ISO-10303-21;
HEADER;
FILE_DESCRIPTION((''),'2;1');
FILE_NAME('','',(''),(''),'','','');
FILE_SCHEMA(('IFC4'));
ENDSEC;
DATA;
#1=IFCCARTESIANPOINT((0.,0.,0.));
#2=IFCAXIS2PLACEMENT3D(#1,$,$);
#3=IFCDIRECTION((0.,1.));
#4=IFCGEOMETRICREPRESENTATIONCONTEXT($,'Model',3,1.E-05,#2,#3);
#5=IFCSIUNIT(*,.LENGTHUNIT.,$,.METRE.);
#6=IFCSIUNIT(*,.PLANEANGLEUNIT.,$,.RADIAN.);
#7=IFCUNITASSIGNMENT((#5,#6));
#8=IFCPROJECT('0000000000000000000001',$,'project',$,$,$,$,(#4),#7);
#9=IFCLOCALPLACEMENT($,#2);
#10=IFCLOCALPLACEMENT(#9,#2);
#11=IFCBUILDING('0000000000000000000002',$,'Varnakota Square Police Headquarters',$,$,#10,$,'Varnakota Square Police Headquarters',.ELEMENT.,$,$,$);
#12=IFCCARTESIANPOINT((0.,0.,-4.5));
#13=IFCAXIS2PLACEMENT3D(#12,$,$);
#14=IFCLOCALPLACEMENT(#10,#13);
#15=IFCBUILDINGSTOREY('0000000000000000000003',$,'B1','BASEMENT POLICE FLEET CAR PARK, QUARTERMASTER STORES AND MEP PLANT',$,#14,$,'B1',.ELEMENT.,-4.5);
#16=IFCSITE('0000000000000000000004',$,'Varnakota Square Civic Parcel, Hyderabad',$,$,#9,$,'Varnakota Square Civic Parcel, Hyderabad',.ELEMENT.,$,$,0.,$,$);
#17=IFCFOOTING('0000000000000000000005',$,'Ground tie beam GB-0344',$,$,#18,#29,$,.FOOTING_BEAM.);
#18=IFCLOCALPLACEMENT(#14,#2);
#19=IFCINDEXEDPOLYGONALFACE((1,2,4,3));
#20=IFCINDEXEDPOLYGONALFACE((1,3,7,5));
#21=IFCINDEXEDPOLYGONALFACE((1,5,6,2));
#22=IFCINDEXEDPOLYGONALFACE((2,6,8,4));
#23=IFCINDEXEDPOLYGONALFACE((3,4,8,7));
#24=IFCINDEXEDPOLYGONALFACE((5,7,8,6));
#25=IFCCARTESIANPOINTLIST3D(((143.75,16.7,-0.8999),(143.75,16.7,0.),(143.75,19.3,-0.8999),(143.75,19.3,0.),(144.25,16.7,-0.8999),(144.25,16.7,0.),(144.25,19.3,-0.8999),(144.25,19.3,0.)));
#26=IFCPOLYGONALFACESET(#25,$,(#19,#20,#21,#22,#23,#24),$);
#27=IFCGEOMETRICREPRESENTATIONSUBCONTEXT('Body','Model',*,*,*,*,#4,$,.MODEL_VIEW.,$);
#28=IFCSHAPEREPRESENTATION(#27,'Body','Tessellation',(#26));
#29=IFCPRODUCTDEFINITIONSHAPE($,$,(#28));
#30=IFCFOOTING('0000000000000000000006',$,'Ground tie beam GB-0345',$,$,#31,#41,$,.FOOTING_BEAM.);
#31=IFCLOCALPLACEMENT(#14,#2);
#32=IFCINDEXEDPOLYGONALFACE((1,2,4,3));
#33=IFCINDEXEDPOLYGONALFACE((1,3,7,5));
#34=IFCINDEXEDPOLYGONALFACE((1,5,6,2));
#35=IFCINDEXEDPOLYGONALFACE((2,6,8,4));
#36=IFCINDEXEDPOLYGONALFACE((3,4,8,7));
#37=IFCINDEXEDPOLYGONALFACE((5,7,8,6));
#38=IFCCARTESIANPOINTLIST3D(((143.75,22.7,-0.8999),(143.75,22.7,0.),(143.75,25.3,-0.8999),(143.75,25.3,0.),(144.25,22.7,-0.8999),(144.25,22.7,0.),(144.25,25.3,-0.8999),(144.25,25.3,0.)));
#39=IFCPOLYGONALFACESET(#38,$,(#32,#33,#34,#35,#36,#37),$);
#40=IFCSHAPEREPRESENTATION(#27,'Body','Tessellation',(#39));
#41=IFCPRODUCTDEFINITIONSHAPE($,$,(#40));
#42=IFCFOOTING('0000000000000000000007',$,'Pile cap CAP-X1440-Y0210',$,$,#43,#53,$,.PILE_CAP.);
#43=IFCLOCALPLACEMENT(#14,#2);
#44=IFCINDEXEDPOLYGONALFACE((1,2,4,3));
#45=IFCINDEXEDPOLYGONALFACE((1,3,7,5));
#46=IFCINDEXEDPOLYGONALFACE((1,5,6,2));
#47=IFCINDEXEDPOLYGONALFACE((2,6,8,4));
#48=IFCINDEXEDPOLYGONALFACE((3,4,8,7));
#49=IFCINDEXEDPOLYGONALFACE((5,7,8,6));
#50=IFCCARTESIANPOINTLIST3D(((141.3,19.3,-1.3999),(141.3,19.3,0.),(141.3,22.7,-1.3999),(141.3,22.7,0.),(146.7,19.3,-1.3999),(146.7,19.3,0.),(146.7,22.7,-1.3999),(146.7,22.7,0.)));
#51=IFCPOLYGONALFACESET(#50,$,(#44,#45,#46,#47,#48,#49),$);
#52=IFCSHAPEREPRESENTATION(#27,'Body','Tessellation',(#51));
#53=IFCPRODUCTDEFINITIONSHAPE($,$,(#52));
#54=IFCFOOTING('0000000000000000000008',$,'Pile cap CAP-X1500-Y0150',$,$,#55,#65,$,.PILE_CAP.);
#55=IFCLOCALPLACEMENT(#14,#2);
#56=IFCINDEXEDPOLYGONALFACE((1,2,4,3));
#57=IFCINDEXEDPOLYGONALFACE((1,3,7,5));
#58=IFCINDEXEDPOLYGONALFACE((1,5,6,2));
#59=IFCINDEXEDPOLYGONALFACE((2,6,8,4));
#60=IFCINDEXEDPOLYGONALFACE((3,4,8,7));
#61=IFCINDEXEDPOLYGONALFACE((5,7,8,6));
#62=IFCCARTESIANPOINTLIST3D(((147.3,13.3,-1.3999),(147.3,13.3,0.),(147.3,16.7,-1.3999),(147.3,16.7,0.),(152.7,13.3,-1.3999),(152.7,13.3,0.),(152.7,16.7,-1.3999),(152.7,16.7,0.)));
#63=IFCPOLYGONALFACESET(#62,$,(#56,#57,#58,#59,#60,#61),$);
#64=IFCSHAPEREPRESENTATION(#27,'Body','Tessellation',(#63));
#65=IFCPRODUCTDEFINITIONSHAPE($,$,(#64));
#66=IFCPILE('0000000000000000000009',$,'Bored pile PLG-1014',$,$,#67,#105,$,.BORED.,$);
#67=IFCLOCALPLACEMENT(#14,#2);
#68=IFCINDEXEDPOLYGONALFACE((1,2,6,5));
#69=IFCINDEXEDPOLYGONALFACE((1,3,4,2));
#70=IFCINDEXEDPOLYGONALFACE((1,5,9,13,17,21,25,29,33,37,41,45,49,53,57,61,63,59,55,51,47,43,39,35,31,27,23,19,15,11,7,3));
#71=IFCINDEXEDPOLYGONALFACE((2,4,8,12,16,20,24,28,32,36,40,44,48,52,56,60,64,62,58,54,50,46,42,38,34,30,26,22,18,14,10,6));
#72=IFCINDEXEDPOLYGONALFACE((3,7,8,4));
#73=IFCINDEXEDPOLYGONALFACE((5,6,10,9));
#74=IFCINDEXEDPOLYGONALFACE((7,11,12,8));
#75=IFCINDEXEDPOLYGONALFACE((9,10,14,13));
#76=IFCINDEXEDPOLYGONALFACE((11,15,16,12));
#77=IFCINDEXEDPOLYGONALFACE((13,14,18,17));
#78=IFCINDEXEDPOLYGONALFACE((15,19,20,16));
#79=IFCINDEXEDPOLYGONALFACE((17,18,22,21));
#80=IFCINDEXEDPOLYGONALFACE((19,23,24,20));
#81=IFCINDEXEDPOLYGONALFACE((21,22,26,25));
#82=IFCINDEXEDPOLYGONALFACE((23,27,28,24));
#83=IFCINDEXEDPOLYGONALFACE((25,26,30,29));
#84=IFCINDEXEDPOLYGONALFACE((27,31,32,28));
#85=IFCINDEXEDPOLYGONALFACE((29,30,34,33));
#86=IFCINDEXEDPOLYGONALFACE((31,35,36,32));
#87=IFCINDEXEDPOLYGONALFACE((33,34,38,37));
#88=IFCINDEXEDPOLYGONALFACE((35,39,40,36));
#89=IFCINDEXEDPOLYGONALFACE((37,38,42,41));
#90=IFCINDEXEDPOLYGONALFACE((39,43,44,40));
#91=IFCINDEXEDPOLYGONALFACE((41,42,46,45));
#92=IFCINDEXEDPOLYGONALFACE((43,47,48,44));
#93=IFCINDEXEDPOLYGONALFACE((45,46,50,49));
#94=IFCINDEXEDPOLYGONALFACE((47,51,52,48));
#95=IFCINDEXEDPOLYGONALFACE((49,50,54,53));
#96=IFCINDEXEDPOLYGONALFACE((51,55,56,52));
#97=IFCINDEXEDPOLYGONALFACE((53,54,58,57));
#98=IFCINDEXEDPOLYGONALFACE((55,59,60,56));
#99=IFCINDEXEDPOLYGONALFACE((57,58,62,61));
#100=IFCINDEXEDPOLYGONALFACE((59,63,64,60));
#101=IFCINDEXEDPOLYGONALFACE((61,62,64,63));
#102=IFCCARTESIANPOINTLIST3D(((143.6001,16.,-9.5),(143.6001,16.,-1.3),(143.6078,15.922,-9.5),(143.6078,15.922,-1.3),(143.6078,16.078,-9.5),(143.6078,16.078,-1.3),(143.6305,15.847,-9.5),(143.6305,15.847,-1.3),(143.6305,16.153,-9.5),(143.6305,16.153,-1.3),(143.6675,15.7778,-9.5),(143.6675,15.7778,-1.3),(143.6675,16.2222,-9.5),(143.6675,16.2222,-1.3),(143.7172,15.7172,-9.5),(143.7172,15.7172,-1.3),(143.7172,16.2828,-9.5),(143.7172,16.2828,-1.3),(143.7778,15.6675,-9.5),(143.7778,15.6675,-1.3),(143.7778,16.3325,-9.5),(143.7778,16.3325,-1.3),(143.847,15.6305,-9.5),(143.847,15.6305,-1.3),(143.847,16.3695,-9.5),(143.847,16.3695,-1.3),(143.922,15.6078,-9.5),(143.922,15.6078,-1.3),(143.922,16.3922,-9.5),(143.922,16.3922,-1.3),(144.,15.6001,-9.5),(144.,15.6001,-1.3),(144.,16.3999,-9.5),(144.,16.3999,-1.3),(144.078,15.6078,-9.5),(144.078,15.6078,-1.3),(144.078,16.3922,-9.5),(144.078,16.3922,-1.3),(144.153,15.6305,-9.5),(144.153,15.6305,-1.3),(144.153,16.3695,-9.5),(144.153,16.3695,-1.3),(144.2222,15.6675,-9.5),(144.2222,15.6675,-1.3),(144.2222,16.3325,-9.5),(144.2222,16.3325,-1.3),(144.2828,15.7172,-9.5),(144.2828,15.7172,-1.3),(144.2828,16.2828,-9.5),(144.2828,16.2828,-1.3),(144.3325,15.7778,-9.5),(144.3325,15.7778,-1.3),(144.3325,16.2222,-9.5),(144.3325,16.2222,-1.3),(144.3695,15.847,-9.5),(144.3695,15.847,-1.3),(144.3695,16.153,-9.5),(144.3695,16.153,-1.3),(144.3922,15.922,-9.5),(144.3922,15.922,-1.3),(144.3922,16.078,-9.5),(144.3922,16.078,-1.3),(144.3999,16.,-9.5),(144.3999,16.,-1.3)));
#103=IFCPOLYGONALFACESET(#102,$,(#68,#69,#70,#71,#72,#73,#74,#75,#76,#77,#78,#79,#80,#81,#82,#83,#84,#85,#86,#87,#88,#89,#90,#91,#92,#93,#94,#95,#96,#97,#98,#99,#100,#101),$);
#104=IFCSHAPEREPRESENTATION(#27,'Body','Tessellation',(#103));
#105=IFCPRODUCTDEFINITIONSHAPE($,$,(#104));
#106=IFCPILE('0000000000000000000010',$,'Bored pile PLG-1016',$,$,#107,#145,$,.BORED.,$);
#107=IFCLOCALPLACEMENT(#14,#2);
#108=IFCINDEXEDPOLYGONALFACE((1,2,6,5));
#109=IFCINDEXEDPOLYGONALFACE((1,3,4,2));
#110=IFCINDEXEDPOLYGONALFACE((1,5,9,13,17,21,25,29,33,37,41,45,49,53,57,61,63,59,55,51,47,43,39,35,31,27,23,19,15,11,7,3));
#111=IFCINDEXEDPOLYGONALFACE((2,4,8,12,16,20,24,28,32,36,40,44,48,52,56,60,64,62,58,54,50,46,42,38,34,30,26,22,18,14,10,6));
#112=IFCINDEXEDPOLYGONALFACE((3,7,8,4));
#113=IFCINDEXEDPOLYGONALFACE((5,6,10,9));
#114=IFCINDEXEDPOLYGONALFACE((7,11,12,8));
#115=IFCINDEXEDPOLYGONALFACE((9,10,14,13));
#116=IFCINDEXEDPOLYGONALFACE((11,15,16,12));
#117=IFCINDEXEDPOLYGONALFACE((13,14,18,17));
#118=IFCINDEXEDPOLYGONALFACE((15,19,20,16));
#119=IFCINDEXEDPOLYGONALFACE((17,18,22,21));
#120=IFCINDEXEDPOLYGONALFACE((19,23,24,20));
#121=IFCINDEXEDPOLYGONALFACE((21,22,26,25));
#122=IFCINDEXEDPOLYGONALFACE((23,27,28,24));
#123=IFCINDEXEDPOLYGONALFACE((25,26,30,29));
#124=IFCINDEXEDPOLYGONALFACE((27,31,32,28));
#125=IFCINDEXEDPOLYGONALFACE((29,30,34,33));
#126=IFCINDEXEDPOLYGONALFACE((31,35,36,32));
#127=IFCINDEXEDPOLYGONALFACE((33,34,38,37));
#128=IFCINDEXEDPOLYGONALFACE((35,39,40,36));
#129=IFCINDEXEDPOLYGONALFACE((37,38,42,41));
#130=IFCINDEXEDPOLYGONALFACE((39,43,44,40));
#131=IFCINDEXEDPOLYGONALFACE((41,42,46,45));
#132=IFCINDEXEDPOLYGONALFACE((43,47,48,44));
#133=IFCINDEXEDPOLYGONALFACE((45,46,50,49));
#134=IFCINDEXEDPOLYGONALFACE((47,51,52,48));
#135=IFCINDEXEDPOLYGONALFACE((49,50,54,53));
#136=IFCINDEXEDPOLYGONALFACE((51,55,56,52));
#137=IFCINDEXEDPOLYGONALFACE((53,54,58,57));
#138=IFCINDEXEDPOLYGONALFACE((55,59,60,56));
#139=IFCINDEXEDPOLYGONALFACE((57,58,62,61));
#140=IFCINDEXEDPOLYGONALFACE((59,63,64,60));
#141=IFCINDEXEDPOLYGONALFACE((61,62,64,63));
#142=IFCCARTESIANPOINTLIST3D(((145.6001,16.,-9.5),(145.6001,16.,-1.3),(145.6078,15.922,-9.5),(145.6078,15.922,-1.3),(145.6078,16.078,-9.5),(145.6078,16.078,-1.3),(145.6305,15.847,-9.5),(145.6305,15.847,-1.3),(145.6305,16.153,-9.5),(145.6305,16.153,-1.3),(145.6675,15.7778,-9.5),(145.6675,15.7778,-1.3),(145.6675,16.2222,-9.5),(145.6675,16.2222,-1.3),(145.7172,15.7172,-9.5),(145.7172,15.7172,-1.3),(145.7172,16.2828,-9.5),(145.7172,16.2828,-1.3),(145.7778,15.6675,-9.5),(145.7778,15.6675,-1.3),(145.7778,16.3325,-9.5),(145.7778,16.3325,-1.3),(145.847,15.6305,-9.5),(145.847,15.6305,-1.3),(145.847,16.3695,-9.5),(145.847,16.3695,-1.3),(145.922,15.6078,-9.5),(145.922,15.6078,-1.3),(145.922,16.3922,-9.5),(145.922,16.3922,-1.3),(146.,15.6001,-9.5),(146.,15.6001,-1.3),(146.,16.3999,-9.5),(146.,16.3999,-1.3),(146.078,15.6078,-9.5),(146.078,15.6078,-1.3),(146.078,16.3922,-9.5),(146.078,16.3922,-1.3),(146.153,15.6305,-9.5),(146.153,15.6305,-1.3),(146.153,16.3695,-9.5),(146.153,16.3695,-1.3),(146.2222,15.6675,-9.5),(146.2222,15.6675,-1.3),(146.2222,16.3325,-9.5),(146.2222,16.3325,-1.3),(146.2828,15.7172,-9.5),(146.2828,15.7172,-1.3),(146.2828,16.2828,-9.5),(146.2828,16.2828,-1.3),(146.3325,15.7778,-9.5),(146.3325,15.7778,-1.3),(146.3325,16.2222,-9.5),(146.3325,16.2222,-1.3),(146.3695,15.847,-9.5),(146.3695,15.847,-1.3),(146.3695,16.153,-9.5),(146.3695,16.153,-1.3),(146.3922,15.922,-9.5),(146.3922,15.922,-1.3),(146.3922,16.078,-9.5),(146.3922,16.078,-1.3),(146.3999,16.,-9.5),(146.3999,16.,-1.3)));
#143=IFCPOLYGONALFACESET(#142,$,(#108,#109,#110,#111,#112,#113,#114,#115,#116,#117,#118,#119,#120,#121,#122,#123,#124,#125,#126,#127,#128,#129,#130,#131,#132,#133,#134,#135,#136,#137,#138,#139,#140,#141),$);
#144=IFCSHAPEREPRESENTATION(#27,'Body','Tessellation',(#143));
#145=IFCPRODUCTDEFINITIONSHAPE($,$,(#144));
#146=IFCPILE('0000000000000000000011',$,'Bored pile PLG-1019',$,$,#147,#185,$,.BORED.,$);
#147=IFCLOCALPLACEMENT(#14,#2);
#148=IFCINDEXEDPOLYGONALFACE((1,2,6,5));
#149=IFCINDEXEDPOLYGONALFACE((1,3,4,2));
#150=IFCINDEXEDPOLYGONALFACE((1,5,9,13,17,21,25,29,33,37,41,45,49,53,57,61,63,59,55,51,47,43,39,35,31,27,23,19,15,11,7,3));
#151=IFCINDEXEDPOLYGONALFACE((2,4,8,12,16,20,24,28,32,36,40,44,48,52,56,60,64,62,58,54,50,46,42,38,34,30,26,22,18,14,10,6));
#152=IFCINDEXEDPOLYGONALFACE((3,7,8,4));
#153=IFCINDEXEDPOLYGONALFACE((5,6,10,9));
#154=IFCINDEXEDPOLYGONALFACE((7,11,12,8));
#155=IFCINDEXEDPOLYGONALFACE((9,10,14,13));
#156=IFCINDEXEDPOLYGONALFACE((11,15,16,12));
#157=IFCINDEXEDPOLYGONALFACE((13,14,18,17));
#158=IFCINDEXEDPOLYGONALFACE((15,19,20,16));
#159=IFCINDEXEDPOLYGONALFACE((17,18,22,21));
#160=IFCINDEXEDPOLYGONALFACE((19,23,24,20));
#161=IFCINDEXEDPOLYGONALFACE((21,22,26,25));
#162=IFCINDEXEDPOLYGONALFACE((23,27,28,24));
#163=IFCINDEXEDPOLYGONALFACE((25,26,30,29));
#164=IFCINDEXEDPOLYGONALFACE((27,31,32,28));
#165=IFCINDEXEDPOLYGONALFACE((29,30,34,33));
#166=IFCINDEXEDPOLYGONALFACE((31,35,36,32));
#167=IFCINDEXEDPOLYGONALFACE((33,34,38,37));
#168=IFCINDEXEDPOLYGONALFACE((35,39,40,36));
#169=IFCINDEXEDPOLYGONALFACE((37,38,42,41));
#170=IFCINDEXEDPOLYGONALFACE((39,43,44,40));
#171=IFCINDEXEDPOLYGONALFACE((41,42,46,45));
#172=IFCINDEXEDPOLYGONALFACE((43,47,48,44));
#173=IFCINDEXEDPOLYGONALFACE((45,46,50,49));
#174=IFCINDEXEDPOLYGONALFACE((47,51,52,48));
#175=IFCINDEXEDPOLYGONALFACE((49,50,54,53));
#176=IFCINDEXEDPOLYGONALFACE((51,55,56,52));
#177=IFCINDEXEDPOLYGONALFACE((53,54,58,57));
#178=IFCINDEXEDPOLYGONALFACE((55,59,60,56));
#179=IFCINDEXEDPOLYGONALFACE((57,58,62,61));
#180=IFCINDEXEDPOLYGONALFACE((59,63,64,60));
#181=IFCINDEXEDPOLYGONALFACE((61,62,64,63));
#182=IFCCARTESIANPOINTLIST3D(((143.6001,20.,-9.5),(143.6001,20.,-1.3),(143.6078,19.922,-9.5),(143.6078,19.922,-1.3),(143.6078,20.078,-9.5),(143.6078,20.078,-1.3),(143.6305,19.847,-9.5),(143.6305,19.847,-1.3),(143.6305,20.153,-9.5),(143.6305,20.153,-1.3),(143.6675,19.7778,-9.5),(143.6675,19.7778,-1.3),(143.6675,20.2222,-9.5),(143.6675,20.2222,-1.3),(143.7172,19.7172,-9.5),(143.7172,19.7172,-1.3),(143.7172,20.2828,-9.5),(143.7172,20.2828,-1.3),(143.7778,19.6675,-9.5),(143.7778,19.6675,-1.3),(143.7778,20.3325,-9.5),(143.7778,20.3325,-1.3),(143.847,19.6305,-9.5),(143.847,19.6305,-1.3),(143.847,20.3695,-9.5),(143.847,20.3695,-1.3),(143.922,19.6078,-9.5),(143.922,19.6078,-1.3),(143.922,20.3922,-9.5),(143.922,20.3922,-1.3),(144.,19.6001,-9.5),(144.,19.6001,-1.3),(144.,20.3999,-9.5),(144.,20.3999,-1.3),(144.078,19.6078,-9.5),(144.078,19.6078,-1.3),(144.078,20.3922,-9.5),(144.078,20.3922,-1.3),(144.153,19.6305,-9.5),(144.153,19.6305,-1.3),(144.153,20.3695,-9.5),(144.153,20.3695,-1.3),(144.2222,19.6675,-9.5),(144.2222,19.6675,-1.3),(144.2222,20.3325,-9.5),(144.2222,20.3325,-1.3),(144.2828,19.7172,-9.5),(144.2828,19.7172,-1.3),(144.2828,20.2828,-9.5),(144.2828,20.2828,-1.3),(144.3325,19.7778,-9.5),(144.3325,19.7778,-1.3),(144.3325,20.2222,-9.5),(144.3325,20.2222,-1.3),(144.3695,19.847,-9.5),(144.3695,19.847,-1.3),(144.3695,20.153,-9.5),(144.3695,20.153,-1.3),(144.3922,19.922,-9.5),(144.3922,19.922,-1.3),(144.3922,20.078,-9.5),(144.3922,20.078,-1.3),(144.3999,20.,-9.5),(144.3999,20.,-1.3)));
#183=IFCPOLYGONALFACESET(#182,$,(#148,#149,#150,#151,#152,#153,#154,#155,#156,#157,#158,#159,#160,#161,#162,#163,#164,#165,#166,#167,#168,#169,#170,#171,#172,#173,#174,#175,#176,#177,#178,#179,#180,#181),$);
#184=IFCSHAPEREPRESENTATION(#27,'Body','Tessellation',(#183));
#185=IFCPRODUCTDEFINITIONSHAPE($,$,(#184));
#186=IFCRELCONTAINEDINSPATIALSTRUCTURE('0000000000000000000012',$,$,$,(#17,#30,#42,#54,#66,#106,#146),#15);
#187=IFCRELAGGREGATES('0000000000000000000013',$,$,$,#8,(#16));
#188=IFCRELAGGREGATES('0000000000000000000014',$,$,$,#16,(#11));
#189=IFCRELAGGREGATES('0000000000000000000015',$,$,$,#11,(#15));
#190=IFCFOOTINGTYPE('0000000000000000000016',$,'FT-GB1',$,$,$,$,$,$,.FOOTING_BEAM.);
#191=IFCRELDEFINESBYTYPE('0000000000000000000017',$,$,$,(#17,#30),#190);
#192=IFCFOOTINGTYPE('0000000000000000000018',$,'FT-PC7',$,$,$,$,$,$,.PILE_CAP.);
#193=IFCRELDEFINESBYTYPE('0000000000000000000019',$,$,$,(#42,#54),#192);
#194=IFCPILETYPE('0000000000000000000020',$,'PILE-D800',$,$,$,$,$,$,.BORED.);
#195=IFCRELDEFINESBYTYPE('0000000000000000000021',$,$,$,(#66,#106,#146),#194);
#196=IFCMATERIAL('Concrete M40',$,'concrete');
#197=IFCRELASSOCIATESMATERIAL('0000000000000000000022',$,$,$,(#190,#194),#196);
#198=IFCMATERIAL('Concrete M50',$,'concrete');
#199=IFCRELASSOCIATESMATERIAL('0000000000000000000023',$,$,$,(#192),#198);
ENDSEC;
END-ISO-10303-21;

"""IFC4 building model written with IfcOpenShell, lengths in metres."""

from ifc_helpers import new_model, si_unit, direction, frame, origin, origin_2d, place, context, subcontext, project, spatial, rectangle, circle, extrude, material, material_profile, profile_set, type_object, element, save


model = new_model("IFC4")

# Units and contexts
model_context = context("Model", 3, precision=1e-05, world=origin(), true_north=direction((0.0, 1.0)))
body_context = subcontext(model_context, "Body", "Model", "MODEL_VIEW")
ifc_project = project(units=[si_unit("LENGTHUNIT", "METRE"), si_unit("PLANEANGLEUNIT", "RADIAN")], contexts=[model_context])

# Site, building, storey
site_placement = place(None, origin())
site = spatial("IfcSite", under=ifc_project, at=site_placement, Name="Varnakota Square Civic Parcel, Hyderabad", LongName="Varnakota Square Civic Parcel, Hyderabad", CompositionType="ELEMENT", RefElevation=0.0)
building_placement = place(site_placement, origin())
building = spatial("IfcBuilding", under=site, at=building_placement, Name="Varnakota Square Police Headquarters", LongName="Varnakota Square Police Headquarters", CompositionType="ELEMENT")
storey_placement = place(building_placement, frame((0.0, 0.0, -4.5)))
storey = spatial("IfcBuildingStorey", under=building, at=storey_placement, Name="B1", Description="BASEMENT POLICE FLEET CAR PARK, QUARTERMASTER STORES AND MEP PLANT", LongName="B1", CompositionType="ELEMENT", Elevation=-4.5)

# Footings
ifc_material_1 = material(Name="Concrete M40", Category="concrete")
ifc_material_profile_1 = material_profile(ifc_material_1, rectangle(XDim=0.5, YDim=0.8999, at=origin_2d()), Name="GB 500x900")
ifc_profile_set_1 = profile_set([ifc_material_profile_1], Name="Concrete M40")
footing_type_1 = type_object("IfcFootingType", Name="FT-GB1", PredefinedType="FOOTING_BEAM", material=ifc_profile_set_1)
for number, where, z_axis, x_axis, name in (
    (1, (144.0, 16.7, -0.45), (0.0, 1.0, 0.0), (-1.0, 0.0, 0.0), "Ground tie beam GB-0344"),
    (2, (144.0, 22.7, -0.45), (0.0, 1.0, 0.0), (-1.0, 0.0, 0.0), "Ground tie beam GB-0345"),
):
    element("IfcFooting", number, at=place(storey_placement, frame(where, z_axis=z_axis, x_axis=x_axis)), inside=storey, type_object=footing_type_1, Name=name, PredefinedType="FOOTING_BEAM", context=body_context, shape_type="SweptSolid", body=[
        extrude(rectangle(XDim=0.5, YDim=0.8999, at=origin_2d()), origin(), (0.0, 0.0, 1.0), 2.6001),
    ])
ifc_material_2 = material(Name="Concrete M50", Category="concrete")
footing_type_2 = type_object("IfcFootingType", Name="FT-PC7", PredefinedType="PILE_CAP", material=ifc_material_2)
for number, where, z_axis, x_axis, name in (
    (3, (144.0, 21.0, -1.3999), (0.0, 0.0, 1.0), (1.0, 0.0, 0.0), "Pile cap CAP-X1440-Y0210"),
    (4, (150.0, 15.0, -1.3999), (0.0, 0.0, 1.0), (1.0, 0.0, 0.0), "Pile cap CAP-X1500-Y0150"),
):
    element("IfcFooting", number, at=place(storey_placement, frame(where, z_axis=z_axis, x_axis=x_axis)), inside=storey, type_object=footing_type_2, Name=name, PredefinedType="PILE_CAP", context=body_context, shape_type="SweptSolid", body=[
        extrude(rectangle(XDim=5.3999, YDim=3.3999, at=origin_2d()), origin(), (0.0, 0.0, 1.0), 1.3999),
    ])

# Piles
ifc_material_profile_2 = material_profile(ifc_material_1, circle(Radius=0.3999, at=origin_2d()), Name="BORED PILE 800")
ifc_profile_set_2 = profile_set([ifc_material_profile_2], Name="Concrete M40")
pile_type = type_object("IfcPileType", Name="PILE-D800", PredefinedType="BORED", material=ifc_profile_set_2)
for number, where, z_axis, x_axis, name in (
    (5, (144.0, 16.0, -1.3), (0.0, 0.0, -1.0), (1.0, 0.0, 0.0), "Bored pile PLG-1014"),
    (6, (146.0, 16.0, -1.3), (0.0, 0.0, -1.0), (1.0, 0.0, 0.0), "Bored pile PLG-1016"),
    (7, (144.0, 20.0, -1.3), (0.0, 0.0, -1.0), (1.0, 0.0, 0.0), "Bored pile PLG-1019"),
):
    element("IfcPile", number, at=place(storey_placement, frame(where, z_axis=z_axis, x_axis=x_axis)), inside=storey, type_object=pile_type, Name=name, PredefinedType="BORED", context=body_context, shape_type="SweptSolid", body=[
        extrude(circle(Radius=0.3999, at=origin_2d()), origin(), (0.0, 0.0, 1.0), 8.2),
    ])

save(model, "model.ifc")
